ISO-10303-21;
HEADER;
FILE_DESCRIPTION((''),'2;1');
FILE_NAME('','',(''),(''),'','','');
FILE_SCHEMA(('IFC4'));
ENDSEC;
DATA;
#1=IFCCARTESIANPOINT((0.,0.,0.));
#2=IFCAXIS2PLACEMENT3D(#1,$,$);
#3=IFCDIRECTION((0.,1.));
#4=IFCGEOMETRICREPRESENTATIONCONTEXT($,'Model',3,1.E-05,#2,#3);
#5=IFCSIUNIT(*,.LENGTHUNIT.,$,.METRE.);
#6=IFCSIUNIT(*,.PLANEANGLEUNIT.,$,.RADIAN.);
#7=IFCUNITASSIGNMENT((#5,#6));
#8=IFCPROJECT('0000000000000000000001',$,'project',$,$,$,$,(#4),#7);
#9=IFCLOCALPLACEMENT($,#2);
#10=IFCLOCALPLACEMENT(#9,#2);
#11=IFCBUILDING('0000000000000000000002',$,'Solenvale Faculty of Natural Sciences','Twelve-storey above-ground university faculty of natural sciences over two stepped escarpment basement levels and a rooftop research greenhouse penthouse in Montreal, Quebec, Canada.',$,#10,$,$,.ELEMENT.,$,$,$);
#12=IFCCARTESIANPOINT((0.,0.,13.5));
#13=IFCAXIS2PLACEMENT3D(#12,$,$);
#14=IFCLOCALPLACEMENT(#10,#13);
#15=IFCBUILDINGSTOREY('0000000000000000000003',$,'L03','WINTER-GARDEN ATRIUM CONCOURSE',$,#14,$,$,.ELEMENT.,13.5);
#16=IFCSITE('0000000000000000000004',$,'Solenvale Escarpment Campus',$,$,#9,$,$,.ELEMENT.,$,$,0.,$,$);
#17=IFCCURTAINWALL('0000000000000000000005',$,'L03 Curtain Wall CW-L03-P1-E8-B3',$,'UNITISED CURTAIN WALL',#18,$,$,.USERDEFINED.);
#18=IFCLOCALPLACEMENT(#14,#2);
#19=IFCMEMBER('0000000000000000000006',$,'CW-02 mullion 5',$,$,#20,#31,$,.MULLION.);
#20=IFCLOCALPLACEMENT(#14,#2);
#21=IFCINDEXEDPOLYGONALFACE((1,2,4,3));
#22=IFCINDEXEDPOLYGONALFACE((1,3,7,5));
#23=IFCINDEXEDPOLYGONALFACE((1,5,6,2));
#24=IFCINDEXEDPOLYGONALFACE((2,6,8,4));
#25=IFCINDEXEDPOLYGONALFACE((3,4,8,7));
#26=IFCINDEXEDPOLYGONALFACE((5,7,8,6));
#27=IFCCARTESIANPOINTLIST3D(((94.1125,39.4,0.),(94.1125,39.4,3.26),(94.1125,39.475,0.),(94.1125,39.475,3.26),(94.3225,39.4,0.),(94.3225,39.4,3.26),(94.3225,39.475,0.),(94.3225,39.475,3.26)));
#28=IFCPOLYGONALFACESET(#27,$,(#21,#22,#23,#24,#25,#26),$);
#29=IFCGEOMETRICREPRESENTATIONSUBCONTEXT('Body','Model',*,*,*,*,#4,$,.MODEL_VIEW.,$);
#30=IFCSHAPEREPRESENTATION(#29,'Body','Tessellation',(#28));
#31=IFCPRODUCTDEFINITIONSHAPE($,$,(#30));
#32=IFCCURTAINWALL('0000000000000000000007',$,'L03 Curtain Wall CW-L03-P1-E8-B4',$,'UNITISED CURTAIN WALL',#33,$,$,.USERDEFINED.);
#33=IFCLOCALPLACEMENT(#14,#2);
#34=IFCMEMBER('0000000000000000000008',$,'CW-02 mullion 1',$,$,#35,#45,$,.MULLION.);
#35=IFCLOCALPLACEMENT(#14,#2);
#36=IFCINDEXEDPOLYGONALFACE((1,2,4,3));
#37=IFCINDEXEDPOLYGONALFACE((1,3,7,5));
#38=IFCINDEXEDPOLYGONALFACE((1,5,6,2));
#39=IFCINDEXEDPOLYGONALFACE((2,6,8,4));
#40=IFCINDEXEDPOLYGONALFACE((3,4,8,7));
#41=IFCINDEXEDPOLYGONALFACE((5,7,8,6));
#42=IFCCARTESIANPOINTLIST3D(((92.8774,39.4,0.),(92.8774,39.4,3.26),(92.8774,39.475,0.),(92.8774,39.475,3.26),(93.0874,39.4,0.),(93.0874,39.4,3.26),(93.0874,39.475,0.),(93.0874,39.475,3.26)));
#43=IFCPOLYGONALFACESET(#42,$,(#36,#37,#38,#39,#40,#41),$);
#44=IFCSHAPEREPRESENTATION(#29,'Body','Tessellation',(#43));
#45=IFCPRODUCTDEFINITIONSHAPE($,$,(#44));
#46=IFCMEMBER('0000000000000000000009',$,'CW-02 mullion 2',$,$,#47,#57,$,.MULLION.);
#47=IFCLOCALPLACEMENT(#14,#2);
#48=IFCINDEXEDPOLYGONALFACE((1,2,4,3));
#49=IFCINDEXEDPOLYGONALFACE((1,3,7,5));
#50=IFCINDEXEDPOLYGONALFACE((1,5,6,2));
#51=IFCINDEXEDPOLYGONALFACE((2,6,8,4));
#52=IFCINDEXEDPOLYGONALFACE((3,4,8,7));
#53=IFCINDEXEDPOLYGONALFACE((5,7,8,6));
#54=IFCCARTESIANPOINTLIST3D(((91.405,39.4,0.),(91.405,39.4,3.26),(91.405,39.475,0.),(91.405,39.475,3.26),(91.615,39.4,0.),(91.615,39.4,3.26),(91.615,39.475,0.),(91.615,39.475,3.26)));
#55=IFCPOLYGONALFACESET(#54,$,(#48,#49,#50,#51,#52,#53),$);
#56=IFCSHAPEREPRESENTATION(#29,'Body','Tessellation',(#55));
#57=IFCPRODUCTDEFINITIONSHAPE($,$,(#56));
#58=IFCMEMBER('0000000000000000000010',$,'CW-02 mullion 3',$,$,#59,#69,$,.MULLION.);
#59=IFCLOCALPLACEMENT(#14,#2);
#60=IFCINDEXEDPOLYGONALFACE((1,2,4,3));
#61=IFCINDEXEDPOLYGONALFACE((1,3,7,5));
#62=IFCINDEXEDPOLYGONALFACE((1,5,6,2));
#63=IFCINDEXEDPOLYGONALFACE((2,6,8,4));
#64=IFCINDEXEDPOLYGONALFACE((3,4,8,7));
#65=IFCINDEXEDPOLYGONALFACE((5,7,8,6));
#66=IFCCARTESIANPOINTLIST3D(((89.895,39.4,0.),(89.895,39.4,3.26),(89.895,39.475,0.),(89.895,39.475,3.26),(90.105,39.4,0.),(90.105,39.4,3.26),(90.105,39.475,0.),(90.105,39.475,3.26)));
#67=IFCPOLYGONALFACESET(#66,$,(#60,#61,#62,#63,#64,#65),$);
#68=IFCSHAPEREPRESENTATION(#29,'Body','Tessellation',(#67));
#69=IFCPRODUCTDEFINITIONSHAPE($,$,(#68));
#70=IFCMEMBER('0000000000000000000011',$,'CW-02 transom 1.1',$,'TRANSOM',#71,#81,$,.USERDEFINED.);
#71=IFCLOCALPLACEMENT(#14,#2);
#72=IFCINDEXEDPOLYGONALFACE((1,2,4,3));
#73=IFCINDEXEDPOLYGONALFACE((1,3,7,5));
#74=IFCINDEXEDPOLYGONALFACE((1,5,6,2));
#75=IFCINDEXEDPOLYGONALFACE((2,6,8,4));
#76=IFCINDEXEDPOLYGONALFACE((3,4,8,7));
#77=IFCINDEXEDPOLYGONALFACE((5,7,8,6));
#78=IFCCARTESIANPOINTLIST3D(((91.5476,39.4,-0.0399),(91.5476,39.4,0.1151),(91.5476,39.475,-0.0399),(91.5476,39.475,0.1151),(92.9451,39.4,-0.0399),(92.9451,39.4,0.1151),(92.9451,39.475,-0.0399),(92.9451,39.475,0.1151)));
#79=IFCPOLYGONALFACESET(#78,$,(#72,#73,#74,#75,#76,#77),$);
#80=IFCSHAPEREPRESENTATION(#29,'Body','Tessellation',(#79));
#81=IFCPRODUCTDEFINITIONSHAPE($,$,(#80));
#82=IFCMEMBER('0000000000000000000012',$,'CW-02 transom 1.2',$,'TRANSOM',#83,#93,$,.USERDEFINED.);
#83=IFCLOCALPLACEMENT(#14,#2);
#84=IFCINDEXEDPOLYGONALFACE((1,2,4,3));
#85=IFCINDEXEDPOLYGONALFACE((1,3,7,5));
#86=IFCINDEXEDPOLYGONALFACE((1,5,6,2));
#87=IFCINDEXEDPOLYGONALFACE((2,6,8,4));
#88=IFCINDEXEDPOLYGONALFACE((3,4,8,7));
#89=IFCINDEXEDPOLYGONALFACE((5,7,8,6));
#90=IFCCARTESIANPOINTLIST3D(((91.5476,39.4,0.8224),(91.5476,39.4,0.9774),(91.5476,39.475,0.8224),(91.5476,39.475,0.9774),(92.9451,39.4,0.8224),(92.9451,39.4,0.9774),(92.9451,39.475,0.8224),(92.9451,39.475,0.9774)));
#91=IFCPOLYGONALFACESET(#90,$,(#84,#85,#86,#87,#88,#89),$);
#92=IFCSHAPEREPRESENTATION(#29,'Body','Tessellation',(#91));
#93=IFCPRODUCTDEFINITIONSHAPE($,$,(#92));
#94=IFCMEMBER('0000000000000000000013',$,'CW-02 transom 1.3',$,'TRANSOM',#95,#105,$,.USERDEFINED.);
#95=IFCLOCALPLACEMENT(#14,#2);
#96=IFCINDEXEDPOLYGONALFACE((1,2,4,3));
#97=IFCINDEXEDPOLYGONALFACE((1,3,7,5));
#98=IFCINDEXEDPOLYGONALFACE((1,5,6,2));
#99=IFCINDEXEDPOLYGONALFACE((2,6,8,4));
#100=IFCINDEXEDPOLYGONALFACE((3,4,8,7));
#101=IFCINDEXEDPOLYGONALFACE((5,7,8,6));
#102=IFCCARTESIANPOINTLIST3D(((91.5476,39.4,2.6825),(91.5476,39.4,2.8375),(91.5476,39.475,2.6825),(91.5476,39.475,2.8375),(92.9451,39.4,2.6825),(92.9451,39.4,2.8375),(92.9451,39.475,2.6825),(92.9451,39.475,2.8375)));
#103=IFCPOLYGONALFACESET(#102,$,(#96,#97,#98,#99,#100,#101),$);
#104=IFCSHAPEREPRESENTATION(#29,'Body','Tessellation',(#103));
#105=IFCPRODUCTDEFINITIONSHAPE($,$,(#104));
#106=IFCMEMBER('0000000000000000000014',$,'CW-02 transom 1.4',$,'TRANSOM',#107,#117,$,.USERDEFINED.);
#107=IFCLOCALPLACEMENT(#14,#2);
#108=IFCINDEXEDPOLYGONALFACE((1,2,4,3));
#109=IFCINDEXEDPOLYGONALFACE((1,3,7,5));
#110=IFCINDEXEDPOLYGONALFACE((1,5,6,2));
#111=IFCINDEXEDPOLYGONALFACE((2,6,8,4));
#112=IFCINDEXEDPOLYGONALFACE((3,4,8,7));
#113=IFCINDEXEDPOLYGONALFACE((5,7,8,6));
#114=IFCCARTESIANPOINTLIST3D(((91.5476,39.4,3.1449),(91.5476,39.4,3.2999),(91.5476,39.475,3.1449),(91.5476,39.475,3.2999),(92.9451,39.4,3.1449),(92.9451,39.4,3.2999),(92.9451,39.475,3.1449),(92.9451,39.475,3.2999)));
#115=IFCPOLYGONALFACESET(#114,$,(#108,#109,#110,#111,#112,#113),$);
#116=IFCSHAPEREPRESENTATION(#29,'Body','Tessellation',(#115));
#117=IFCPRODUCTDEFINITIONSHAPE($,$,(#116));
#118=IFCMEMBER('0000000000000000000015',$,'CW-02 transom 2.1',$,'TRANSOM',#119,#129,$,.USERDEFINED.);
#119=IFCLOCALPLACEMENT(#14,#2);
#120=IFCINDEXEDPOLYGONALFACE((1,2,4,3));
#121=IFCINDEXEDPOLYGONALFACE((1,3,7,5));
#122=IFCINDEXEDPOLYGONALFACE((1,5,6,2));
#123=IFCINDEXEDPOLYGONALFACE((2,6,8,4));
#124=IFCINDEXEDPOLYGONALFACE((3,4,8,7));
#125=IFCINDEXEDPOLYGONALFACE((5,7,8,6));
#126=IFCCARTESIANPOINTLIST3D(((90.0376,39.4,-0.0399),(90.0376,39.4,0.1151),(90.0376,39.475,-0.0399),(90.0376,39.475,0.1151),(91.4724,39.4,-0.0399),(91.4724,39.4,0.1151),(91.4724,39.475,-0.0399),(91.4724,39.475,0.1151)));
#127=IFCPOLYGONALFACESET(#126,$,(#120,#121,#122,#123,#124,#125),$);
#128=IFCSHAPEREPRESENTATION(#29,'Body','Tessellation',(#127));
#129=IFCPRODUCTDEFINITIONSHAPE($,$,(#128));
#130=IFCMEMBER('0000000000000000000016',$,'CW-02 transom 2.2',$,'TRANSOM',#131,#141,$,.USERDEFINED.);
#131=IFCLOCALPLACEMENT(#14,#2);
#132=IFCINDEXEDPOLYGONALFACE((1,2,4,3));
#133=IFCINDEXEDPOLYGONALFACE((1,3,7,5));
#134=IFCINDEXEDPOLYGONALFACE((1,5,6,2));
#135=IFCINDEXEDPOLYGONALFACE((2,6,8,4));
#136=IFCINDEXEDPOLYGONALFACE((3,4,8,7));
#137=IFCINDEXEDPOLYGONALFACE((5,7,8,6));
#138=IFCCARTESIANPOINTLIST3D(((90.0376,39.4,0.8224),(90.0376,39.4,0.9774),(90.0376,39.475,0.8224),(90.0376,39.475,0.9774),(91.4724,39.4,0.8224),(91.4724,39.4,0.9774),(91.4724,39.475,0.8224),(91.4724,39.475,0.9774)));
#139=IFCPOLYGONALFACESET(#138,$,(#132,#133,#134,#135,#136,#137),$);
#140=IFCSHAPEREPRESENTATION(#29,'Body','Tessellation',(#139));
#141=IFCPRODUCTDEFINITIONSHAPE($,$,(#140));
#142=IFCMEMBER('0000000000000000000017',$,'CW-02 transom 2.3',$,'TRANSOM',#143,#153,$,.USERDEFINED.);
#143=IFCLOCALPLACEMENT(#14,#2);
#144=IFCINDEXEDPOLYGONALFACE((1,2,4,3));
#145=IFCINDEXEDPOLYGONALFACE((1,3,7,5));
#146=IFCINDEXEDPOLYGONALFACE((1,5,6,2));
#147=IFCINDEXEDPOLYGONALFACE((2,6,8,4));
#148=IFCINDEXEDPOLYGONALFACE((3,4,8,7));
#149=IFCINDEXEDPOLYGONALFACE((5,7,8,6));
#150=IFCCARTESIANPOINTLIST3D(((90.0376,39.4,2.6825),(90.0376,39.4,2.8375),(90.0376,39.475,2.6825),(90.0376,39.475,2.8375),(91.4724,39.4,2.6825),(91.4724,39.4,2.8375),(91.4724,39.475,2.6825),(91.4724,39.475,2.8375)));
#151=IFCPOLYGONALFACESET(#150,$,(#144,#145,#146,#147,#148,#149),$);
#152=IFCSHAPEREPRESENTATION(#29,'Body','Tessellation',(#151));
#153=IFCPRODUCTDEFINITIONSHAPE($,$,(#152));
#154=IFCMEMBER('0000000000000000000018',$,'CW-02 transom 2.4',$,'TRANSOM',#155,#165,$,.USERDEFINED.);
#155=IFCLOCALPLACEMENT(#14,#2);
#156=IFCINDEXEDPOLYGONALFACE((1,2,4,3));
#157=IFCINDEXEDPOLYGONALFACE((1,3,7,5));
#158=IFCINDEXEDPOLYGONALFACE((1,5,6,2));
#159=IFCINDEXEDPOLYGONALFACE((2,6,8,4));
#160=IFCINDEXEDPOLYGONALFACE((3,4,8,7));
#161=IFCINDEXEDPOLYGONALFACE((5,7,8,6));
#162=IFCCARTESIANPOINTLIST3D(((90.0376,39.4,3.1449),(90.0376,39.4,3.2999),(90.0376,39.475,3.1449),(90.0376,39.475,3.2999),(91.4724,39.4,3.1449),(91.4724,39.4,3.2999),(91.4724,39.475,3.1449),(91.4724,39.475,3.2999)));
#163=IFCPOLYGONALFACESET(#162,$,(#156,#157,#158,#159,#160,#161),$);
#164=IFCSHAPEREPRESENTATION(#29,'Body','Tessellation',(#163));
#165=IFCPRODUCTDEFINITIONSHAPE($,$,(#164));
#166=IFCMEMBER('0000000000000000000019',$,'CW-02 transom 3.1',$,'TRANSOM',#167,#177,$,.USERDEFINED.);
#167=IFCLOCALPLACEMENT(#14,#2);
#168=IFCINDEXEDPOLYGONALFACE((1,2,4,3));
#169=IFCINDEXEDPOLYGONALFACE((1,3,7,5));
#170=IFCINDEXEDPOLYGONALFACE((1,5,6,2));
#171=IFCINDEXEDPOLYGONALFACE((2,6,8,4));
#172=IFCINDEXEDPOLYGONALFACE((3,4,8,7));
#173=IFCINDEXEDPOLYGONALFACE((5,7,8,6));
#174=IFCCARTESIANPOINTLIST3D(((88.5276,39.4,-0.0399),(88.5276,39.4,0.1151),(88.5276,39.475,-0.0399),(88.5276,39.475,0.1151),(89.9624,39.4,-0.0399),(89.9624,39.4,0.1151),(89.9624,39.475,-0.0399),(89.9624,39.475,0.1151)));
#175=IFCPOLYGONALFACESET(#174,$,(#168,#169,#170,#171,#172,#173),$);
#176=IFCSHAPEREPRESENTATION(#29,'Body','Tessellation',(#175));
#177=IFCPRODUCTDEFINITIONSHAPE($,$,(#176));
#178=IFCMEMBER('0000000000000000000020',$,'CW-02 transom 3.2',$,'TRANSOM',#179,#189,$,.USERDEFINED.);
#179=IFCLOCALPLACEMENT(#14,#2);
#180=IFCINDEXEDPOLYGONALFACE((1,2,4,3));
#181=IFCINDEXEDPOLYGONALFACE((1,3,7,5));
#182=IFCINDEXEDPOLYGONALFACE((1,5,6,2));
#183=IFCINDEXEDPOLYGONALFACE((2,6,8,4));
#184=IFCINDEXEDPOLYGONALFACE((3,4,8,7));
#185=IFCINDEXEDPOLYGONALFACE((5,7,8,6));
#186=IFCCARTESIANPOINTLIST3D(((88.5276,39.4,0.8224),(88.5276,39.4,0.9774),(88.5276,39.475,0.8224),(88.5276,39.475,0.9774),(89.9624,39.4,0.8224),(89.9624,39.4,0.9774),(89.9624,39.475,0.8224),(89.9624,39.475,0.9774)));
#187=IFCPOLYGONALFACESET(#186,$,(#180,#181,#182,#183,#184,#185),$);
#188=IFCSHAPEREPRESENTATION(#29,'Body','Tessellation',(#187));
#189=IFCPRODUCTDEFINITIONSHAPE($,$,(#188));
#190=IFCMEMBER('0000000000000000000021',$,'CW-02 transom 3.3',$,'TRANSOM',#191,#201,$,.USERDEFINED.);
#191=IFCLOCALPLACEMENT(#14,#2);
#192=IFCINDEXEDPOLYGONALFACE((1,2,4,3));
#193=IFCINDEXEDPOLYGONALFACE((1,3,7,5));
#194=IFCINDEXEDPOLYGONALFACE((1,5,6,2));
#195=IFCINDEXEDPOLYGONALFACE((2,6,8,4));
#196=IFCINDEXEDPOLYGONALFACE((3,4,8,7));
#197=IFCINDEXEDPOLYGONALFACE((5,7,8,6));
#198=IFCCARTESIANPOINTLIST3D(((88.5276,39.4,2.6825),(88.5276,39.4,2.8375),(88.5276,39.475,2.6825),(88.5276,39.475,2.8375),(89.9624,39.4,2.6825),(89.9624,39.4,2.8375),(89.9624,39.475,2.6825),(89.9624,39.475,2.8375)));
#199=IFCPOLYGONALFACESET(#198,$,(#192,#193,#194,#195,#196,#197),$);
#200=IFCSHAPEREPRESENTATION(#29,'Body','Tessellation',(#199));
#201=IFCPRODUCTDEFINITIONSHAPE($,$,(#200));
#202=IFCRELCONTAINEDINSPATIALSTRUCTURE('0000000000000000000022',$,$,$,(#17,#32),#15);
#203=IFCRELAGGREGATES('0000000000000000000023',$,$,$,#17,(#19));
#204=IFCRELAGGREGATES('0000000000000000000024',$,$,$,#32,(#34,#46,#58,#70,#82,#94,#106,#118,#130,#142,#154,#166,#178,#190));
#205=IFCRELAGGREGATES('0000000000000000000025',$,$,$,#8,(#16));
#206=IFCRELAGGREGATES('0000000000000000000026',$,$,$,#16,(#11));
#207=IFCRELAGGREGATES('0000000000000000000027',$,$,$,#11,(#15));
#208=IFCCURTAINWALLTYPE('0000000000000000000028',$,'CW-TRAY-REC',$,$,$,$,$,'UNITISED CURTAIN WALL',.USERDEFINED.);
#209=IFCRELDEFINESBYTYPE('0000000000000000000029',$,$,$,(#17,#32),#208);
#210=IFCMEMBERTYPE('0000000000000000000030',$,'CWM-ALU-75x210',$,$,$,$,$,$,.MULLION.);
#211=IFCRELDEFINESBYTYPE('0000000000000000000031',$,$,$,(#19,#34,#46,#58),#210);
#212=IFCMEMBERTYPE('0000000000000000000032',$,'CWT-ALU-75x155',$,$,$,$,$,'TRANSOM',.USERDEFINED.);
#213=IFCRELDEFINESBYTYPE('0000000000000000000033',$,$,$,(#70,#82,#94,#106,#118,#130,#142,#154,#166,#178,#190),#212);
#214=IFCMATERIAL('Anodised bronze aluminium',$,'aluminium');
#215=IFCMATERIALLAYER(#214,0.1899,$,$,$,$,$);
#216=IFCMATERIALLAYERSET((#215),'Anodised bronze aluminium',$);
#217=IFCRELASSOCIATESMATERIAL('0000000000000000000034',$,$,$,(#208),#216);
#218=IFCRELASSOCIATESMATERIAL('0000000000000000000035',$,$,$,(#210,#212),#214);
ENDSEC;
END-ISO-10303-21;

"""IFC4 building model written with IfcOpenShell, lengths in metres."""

from ifc_helpers import new_model, si_unit, direction, frame, origin, origin_2d, place, context, subcontext, project, spatial, rectangle, extrude, material, layer, layer_set, material_profile, profile_set, type_object, element, aggregate, save


model = new_model("IFC4")

# Units and contexts
model_context = context("Model", 3, precision=1e-05, world=origin(), true_north=direction((0.0, 1.0)))
body_context = subcontext(model_context, "Body", "Model", "MODEL_VIEW")
ifc_project = project(units=[si_unit("LENGTHUNIT", "METRE"), si_unit("PLANEANGLEUNIT", "RADIAN")], contexts=[model_context])

# Site, building, storey
site_placement = place(None, origin())
site = spatial("IfcSite", under=ifc_project, at=site_placement, Name="Solenvale Escarpment Campus", CompositionType="ELEMENT", RefElevation=0.0)
building_placement = place(site_placement, origin())
building = spatial("IfcBuilding", under=site, at=building_placement, Name="Solenvale Faculty of Natural Sciences", Description="Twelve-storey above-ground university faculty of natural sciences over two stepped escarpment basement levels and a rooftop research greenhouse penthouse in Montreal, Quebec, Canada.", CompositionType="ELEMENT")
storey_placement = place(building_placement, frame((0.0, 0.0, 13.5)))
storey = spatial("IfcBuildingStorey", under=building, at=storey_placement, Name="L03", Description="WINTER-GARDEN ATRIUM CONCOURSE", CompositionType="ELEMENT", Elevation=13.5)

# Curtain wall, member
ifc_material_1 = material(Name="Anodised bronze aluminium", Category="aluminium")
ifc_layer_1 = layer(ifc_material_1, 0.1899)
ifc_layer_set_1 = layer_set([ifc_layer_1], Name="Anodised bronze aluminium")
curtain_wall_type = type_object("IfcCurtainWallType", Name="CW-TRAY-REC", ElementType="UNITISED CURTAIN WALL", PredefinedType="USERDEFINED", material=ifc_layer_set_1)
curtain_wall_1_placement = place(storey_placement, origin())
curtain_wall_1 = element("IfcCurtainWall", 1, at=curtain_wall_1_placement, inside=storey, type_object=curtain_wall_type, Name="L03 Curtain Wall CW-L03-P1-E8-B3", ObjectType="UNITISED CURTAIN WALL", PredefinedType="USERDEFINED")
ifc_material_profile_1 = material_profile(ifc_material_1, rectangle(XDim=0.075, YDim=0.21, at=origin_2d()), Name="ALU-MUL-75x210")
ifc_profile_set_1 = profile_set([ifc_material_profile_1], Name="Anodised bronze aluminium")
member_type_1 = type_object("IfcMemberType", Name="CWM-ALU-75x210", PredefinedType="MULLION", material=ifc_profile_set_1)
member_1_placement = place(storey_placement, frame((94.2175, 39.4375, 0.0), z_axis=(0.0, 0.0, 1.0), x_axis=(0.0, -1.0, 0.0)))
member_1 = element("IfcMember", 2, at=member_1_placement, type_object=member_type_1, Name="CW-02 mullion 5", PredefinedType="MULLION", context=body_context, shape_type="SweptSolid", body=[
    extrude(rectangle(XDim=0.075, YDim=0.21, at=origin_2d()), origin(), (0.0, 0.0, 1.0), 3.26),
])
aggregate(curtain_wall_1, [member_1])

# Curtain wall, members
curtain_wall_2_placement = place(storey_placement, origin())
curtain_wall_2 = element("IfcCurtainWall", 3, at=curtain_wall_2_placement, inside=storey, type_object=curtain_wall_type, Name="L03 Curtain Wall CW-L03-P1-E8-B4", ObjectType="UNITISED CURTAIN WALL", PredefinedType="USERDEFINED")
member_2_placement = place(storey_placement, frame((92.9824, 39.4375, 0.0), z_axis=(0.0, 0.0, 1.0), x_axis=(0.0, -1.0, 0.0)))
member_2 = element("IfcMember", 4, at=member_2_placement, type_object=member_type_1, Name="CW-02 mullion 1", PredefinedType="MULLION", context=body_context, shape_type="SweptSolid", body=[
    extrude(rectangle(XDim=0.075, YDim=0.21, at=origin_2d()), origin(), (0.0, 0.0, 1.0), 3.26),
])
member_3_placement = place(storey_placement, frame((91.51, 39.4375, 0.0), z_axis=(0.0, 0.0, 1.0), x_axis=(0.0, -1.0, 0.0)))
member_3 = element("IfcMember", 5, at=member_3_placement, type_object=member_type_1, Name="CW-02 mullion 2", PredefinedType="MULLION", context=body_context, shape_type="SweptSolid", body=[
    extrude(rectangle(XDim=0.075, YDim=0.21, at=origin_2d()), origin(), (0.0, 0.0, 1.0), 3.26),
])
member_4_placement = place(storey_placement, frame((90.0, 39.4375, 0.0), z_axis=(0.0, 0.0, 1.0), x_axis=(0.0, -1.0, 0.0)))
member_4 = element("IfcMember", 6, at=member_4_placement, type_object=member_type_1, Name="CW-02 mullion 3", PredefinedType="MULLION", context=body_context, shape_type="SweptSolid", body=[
    extrude(rectangle(XDim=0.075, YDim=0.21, at=origin_2d()), origin(), (0.0, 0.0, 1.0), 3.26),
])
ifc_material_profile_2 = material_profile(ifc_material_1, rectangle(XDim=0.075, YDim=0.155, at=origin_2d()), Name="ALU-TRN-75x155")
ifc_profile_set_2 = profile_set([ifc_material_profile_2], Name="Anodised bronze aluminium")
member_type_2 = type_object("IfcMemberType", Name="CWT-ALU-75x155", ElementType="TRANSOM", PredefinedType="USERDEFINED", material=ifc_profile_set_2)
member_5_placement = place(storey_placement, frame((92.9451, 39.4375, 0.0376), z_axis=(-1.0, 0.0, 0.0), x_axis=(0.0, -1.0, 0.0)))
member_5 = element("IfcMember", 7, at=member_5_placement, type_object=member_type_2, Name="CW-02 transom 1.1", ObjectType="TRANSOM", PredefinedType="USERDEFINED", context=body_context, shape_type="SweptSolid", body=[
    extrude(rectangle(XDim=0.075, YDim=0.155, at=origin_2d()), origin(), (0.0, 0.0, 1.0), 1.3975),
])
member_6_placement = place(storey_placement, frame((92.9451, 39.4375, 0.8999), z_axis=(-1.0, 0.0, 0.0), x_axis=(0.0, -1.0, 0.0)))
member_6 = element("IfcMember", 8, at=member_6_placement, type_object=member_type_2, Name="CW-02 transom 1.2", ObjectType="TRANSOM", PredefinedType="USERDEFINED", context=body_context, shape_type="SweptSolid", body=[
    extrude(rectangle(XDim=0.075, YDim=0.155, at=origin_2d()), origin(), (0.0, 0.0, 1.0), 1.3975),
])
member_7_placement = place(storey_placement, frame((92.9451, 39.4375, 2.76), z_axis=(-1.0, 0.0, 0.0), x_axis=(0.0, -1.0, 0.0)))
member_7 = element("IfcMember", 9, at=member_7_placement, type_object=member_type_2, Name="CW-02 transom 1.3", ObjectType="TRANSOM", PredefinedType="USERDEFINED", context=body_context, shape_type="SweptSolid", body=[
    extrude(rectangle(XDim=0.075, YDim=0.155, at=origin_2d()), origin(), (0.0, 0.0, 1.0), 1.3975),
])
member_8_placement = place(storey_placement, frame((92.9451, 39.4375, 3.2224), z_axis=(-1.0, 0.0, 0.0), x_axis=(0.0, -1.0, 0.0)))
member_8 = element("IfcMember", 10, at=member_8_placement, type_object=member_type_2, Name="CW-02 transom 1.4", ObjectType="TRANSOM", PredefinedType="USERDEFINED", context=body_context, shape_type="SweptSolid", body=[
    extrude(rectangle(XDim=0.075, YDim=0.155, at=origin_2d()), origin(), (0.0, 0.0, 1.0), 1.3975),
])
member_9_placement = place(storey_placement, frame((91.4724, 39.4375, 0.0376), z_axis=(-1.0, 0.0, 0.0), x_axis=(0.0, -1.0, 0.0)))
member_9 = element("IfcMember", 11, at=member_9_placement, type_object=member_type_2, Name="CW-02 transom 2.1", ObjectType="TRANSOM", PredefinedType="USERDEFINED", context=body_context, shape_type="SweptSolid", body=[
    extrude(rectangle(XDim=0.075, YDim=0.155, at=origin_2d()), origin(), (0.0, 0.0, 1.0), 1.4348),
])
member_10_placement = place(storey_placement, frame((91.4724, 39.4375, 0.8999), z_axis=(-1.0, 0.0, 0.0), x_axis=(0.0, -1.0, 0.0)))
member_10 = element("IfcMember", 12, at=member_10_placement, type_object=member_type_2, Name="CW-02 transom 2.2", ObjectType="TRANSOM", PredefinedType="USERDEFINED", context=body_context, shape_type="SweptSolid", body=[
    extrude(rectangle(XDim=0.075, YDim=0.155, at=origin_2d()), origin(), (0.0, 0.0, 1.0), 1.4348),
])
member_11_placement = place(storey_placement, frame((91.4724, 39.4375, 2.76), z_axis=(-1.0, 0.0, 0.0), x_axis=(0.0, -1.0, 0.0)))
member_11 = element("IfcMember", 13, at=member_11_placement, type_object=member_type_2, Name="CW-02 transom 2.3", ObjectType="TRANSOM", PredefinedType="USERDEFINED", context=body_context, shape_type="SweptSolid", body=[
    extrude(rectangle(XDim=0.075, YDim=0.155, at=origin_2d()), origin(), (0.0, 0.0, 1.0), 1.4348),
])
member_12_placement = place(storey_placement, frame((91.4724, 39.4375, 3.2224), z_axis=(-1.0, 0.0, 0.0), x_axis=(0.0, -1.0, 0.0)))
member_12 = element("IfcMember", 14, at=member_12_placement, type_object=member_type_2, Name="CW-02 transom 2.4", ObjectType="TRANSOM", PredefinedType="USERDEFINED", context=body_context, shape_type="SweptSolid", body=[
    extrude(rectangle(XDim=0.075, YDim=0.155, at=origin_2d()), origin(), (0.0, 0.0, 1.0), 1.4348),
])
member_13_placement = place(storey_placement, frame((89.9624, 39.4375, 0.0376), z_axis=(-1.0, 0.0, 0.0), x_axis=(0.0, -1.0, 0.0)))
member_13 = element("IfcMember", 15, at=member_13_placement, type_object=member_type_2, Name="CW-02 transom 3.1", ObjectType="TRANSOM", PredefinedType="USERDEFINED", context=body_context, shape_type="SweptSolid", body=[
    extrude(rectangle(XDim=0.075, YDim=0.155, at=origin_2d()), origin(), (0.0, 0.0, 1.0), 1.4348),
])
member_14_placement = place(storey_placement, frame((89.9624, 39.4375, 0.8999), z_axis=(-1.0, 0.0, 0.0), x_axis=(0.0, -1.0, 0.0)))
member_14 = element("IfcMember", 16, at=member_14_placement, type_object=member_type_2, Name="CW-02 transom 3.2", ObjectType="TRANSOM", PredefinedType="USERDEFINED", context=body_context, shape_type="SweptSolid", body=[
    extrude(rectangle(XDim=0.075, YDim=0.155, at=origin_2d()), origin(), (0.0, 0.0, 1.0), 1.4348),
])
member_15_placement = place(storey_placement, frame((89.9624, 39.4375, 2.76), z_axis=(-1.0, 0.0, 0.0), x_axis=(0.0, -1.0, 0.0)))
member_15 = element("IfcMember", 17, at=member_15_placement, type_object=member_type_2, Name="CW-02 transom 3.3", ObjectType="TRANSOM", PredefinedType="USERDEFINED", context=body_context, shape_type="SweptSolid", body=[
    extrude(rectangle(XDim=0.075, YDim=0.155, at=origin_2d()), origin(), (0.0, 0.0, 1.0), 1.4348),
])
aggregate(curtain_wall_2, [member_2, member_3, member_4, member_5, member_6, member_7, member_8, member_9, member_10, member_11, member_12, member_13, member_14, member_15])

save(model, "model.ifc")
